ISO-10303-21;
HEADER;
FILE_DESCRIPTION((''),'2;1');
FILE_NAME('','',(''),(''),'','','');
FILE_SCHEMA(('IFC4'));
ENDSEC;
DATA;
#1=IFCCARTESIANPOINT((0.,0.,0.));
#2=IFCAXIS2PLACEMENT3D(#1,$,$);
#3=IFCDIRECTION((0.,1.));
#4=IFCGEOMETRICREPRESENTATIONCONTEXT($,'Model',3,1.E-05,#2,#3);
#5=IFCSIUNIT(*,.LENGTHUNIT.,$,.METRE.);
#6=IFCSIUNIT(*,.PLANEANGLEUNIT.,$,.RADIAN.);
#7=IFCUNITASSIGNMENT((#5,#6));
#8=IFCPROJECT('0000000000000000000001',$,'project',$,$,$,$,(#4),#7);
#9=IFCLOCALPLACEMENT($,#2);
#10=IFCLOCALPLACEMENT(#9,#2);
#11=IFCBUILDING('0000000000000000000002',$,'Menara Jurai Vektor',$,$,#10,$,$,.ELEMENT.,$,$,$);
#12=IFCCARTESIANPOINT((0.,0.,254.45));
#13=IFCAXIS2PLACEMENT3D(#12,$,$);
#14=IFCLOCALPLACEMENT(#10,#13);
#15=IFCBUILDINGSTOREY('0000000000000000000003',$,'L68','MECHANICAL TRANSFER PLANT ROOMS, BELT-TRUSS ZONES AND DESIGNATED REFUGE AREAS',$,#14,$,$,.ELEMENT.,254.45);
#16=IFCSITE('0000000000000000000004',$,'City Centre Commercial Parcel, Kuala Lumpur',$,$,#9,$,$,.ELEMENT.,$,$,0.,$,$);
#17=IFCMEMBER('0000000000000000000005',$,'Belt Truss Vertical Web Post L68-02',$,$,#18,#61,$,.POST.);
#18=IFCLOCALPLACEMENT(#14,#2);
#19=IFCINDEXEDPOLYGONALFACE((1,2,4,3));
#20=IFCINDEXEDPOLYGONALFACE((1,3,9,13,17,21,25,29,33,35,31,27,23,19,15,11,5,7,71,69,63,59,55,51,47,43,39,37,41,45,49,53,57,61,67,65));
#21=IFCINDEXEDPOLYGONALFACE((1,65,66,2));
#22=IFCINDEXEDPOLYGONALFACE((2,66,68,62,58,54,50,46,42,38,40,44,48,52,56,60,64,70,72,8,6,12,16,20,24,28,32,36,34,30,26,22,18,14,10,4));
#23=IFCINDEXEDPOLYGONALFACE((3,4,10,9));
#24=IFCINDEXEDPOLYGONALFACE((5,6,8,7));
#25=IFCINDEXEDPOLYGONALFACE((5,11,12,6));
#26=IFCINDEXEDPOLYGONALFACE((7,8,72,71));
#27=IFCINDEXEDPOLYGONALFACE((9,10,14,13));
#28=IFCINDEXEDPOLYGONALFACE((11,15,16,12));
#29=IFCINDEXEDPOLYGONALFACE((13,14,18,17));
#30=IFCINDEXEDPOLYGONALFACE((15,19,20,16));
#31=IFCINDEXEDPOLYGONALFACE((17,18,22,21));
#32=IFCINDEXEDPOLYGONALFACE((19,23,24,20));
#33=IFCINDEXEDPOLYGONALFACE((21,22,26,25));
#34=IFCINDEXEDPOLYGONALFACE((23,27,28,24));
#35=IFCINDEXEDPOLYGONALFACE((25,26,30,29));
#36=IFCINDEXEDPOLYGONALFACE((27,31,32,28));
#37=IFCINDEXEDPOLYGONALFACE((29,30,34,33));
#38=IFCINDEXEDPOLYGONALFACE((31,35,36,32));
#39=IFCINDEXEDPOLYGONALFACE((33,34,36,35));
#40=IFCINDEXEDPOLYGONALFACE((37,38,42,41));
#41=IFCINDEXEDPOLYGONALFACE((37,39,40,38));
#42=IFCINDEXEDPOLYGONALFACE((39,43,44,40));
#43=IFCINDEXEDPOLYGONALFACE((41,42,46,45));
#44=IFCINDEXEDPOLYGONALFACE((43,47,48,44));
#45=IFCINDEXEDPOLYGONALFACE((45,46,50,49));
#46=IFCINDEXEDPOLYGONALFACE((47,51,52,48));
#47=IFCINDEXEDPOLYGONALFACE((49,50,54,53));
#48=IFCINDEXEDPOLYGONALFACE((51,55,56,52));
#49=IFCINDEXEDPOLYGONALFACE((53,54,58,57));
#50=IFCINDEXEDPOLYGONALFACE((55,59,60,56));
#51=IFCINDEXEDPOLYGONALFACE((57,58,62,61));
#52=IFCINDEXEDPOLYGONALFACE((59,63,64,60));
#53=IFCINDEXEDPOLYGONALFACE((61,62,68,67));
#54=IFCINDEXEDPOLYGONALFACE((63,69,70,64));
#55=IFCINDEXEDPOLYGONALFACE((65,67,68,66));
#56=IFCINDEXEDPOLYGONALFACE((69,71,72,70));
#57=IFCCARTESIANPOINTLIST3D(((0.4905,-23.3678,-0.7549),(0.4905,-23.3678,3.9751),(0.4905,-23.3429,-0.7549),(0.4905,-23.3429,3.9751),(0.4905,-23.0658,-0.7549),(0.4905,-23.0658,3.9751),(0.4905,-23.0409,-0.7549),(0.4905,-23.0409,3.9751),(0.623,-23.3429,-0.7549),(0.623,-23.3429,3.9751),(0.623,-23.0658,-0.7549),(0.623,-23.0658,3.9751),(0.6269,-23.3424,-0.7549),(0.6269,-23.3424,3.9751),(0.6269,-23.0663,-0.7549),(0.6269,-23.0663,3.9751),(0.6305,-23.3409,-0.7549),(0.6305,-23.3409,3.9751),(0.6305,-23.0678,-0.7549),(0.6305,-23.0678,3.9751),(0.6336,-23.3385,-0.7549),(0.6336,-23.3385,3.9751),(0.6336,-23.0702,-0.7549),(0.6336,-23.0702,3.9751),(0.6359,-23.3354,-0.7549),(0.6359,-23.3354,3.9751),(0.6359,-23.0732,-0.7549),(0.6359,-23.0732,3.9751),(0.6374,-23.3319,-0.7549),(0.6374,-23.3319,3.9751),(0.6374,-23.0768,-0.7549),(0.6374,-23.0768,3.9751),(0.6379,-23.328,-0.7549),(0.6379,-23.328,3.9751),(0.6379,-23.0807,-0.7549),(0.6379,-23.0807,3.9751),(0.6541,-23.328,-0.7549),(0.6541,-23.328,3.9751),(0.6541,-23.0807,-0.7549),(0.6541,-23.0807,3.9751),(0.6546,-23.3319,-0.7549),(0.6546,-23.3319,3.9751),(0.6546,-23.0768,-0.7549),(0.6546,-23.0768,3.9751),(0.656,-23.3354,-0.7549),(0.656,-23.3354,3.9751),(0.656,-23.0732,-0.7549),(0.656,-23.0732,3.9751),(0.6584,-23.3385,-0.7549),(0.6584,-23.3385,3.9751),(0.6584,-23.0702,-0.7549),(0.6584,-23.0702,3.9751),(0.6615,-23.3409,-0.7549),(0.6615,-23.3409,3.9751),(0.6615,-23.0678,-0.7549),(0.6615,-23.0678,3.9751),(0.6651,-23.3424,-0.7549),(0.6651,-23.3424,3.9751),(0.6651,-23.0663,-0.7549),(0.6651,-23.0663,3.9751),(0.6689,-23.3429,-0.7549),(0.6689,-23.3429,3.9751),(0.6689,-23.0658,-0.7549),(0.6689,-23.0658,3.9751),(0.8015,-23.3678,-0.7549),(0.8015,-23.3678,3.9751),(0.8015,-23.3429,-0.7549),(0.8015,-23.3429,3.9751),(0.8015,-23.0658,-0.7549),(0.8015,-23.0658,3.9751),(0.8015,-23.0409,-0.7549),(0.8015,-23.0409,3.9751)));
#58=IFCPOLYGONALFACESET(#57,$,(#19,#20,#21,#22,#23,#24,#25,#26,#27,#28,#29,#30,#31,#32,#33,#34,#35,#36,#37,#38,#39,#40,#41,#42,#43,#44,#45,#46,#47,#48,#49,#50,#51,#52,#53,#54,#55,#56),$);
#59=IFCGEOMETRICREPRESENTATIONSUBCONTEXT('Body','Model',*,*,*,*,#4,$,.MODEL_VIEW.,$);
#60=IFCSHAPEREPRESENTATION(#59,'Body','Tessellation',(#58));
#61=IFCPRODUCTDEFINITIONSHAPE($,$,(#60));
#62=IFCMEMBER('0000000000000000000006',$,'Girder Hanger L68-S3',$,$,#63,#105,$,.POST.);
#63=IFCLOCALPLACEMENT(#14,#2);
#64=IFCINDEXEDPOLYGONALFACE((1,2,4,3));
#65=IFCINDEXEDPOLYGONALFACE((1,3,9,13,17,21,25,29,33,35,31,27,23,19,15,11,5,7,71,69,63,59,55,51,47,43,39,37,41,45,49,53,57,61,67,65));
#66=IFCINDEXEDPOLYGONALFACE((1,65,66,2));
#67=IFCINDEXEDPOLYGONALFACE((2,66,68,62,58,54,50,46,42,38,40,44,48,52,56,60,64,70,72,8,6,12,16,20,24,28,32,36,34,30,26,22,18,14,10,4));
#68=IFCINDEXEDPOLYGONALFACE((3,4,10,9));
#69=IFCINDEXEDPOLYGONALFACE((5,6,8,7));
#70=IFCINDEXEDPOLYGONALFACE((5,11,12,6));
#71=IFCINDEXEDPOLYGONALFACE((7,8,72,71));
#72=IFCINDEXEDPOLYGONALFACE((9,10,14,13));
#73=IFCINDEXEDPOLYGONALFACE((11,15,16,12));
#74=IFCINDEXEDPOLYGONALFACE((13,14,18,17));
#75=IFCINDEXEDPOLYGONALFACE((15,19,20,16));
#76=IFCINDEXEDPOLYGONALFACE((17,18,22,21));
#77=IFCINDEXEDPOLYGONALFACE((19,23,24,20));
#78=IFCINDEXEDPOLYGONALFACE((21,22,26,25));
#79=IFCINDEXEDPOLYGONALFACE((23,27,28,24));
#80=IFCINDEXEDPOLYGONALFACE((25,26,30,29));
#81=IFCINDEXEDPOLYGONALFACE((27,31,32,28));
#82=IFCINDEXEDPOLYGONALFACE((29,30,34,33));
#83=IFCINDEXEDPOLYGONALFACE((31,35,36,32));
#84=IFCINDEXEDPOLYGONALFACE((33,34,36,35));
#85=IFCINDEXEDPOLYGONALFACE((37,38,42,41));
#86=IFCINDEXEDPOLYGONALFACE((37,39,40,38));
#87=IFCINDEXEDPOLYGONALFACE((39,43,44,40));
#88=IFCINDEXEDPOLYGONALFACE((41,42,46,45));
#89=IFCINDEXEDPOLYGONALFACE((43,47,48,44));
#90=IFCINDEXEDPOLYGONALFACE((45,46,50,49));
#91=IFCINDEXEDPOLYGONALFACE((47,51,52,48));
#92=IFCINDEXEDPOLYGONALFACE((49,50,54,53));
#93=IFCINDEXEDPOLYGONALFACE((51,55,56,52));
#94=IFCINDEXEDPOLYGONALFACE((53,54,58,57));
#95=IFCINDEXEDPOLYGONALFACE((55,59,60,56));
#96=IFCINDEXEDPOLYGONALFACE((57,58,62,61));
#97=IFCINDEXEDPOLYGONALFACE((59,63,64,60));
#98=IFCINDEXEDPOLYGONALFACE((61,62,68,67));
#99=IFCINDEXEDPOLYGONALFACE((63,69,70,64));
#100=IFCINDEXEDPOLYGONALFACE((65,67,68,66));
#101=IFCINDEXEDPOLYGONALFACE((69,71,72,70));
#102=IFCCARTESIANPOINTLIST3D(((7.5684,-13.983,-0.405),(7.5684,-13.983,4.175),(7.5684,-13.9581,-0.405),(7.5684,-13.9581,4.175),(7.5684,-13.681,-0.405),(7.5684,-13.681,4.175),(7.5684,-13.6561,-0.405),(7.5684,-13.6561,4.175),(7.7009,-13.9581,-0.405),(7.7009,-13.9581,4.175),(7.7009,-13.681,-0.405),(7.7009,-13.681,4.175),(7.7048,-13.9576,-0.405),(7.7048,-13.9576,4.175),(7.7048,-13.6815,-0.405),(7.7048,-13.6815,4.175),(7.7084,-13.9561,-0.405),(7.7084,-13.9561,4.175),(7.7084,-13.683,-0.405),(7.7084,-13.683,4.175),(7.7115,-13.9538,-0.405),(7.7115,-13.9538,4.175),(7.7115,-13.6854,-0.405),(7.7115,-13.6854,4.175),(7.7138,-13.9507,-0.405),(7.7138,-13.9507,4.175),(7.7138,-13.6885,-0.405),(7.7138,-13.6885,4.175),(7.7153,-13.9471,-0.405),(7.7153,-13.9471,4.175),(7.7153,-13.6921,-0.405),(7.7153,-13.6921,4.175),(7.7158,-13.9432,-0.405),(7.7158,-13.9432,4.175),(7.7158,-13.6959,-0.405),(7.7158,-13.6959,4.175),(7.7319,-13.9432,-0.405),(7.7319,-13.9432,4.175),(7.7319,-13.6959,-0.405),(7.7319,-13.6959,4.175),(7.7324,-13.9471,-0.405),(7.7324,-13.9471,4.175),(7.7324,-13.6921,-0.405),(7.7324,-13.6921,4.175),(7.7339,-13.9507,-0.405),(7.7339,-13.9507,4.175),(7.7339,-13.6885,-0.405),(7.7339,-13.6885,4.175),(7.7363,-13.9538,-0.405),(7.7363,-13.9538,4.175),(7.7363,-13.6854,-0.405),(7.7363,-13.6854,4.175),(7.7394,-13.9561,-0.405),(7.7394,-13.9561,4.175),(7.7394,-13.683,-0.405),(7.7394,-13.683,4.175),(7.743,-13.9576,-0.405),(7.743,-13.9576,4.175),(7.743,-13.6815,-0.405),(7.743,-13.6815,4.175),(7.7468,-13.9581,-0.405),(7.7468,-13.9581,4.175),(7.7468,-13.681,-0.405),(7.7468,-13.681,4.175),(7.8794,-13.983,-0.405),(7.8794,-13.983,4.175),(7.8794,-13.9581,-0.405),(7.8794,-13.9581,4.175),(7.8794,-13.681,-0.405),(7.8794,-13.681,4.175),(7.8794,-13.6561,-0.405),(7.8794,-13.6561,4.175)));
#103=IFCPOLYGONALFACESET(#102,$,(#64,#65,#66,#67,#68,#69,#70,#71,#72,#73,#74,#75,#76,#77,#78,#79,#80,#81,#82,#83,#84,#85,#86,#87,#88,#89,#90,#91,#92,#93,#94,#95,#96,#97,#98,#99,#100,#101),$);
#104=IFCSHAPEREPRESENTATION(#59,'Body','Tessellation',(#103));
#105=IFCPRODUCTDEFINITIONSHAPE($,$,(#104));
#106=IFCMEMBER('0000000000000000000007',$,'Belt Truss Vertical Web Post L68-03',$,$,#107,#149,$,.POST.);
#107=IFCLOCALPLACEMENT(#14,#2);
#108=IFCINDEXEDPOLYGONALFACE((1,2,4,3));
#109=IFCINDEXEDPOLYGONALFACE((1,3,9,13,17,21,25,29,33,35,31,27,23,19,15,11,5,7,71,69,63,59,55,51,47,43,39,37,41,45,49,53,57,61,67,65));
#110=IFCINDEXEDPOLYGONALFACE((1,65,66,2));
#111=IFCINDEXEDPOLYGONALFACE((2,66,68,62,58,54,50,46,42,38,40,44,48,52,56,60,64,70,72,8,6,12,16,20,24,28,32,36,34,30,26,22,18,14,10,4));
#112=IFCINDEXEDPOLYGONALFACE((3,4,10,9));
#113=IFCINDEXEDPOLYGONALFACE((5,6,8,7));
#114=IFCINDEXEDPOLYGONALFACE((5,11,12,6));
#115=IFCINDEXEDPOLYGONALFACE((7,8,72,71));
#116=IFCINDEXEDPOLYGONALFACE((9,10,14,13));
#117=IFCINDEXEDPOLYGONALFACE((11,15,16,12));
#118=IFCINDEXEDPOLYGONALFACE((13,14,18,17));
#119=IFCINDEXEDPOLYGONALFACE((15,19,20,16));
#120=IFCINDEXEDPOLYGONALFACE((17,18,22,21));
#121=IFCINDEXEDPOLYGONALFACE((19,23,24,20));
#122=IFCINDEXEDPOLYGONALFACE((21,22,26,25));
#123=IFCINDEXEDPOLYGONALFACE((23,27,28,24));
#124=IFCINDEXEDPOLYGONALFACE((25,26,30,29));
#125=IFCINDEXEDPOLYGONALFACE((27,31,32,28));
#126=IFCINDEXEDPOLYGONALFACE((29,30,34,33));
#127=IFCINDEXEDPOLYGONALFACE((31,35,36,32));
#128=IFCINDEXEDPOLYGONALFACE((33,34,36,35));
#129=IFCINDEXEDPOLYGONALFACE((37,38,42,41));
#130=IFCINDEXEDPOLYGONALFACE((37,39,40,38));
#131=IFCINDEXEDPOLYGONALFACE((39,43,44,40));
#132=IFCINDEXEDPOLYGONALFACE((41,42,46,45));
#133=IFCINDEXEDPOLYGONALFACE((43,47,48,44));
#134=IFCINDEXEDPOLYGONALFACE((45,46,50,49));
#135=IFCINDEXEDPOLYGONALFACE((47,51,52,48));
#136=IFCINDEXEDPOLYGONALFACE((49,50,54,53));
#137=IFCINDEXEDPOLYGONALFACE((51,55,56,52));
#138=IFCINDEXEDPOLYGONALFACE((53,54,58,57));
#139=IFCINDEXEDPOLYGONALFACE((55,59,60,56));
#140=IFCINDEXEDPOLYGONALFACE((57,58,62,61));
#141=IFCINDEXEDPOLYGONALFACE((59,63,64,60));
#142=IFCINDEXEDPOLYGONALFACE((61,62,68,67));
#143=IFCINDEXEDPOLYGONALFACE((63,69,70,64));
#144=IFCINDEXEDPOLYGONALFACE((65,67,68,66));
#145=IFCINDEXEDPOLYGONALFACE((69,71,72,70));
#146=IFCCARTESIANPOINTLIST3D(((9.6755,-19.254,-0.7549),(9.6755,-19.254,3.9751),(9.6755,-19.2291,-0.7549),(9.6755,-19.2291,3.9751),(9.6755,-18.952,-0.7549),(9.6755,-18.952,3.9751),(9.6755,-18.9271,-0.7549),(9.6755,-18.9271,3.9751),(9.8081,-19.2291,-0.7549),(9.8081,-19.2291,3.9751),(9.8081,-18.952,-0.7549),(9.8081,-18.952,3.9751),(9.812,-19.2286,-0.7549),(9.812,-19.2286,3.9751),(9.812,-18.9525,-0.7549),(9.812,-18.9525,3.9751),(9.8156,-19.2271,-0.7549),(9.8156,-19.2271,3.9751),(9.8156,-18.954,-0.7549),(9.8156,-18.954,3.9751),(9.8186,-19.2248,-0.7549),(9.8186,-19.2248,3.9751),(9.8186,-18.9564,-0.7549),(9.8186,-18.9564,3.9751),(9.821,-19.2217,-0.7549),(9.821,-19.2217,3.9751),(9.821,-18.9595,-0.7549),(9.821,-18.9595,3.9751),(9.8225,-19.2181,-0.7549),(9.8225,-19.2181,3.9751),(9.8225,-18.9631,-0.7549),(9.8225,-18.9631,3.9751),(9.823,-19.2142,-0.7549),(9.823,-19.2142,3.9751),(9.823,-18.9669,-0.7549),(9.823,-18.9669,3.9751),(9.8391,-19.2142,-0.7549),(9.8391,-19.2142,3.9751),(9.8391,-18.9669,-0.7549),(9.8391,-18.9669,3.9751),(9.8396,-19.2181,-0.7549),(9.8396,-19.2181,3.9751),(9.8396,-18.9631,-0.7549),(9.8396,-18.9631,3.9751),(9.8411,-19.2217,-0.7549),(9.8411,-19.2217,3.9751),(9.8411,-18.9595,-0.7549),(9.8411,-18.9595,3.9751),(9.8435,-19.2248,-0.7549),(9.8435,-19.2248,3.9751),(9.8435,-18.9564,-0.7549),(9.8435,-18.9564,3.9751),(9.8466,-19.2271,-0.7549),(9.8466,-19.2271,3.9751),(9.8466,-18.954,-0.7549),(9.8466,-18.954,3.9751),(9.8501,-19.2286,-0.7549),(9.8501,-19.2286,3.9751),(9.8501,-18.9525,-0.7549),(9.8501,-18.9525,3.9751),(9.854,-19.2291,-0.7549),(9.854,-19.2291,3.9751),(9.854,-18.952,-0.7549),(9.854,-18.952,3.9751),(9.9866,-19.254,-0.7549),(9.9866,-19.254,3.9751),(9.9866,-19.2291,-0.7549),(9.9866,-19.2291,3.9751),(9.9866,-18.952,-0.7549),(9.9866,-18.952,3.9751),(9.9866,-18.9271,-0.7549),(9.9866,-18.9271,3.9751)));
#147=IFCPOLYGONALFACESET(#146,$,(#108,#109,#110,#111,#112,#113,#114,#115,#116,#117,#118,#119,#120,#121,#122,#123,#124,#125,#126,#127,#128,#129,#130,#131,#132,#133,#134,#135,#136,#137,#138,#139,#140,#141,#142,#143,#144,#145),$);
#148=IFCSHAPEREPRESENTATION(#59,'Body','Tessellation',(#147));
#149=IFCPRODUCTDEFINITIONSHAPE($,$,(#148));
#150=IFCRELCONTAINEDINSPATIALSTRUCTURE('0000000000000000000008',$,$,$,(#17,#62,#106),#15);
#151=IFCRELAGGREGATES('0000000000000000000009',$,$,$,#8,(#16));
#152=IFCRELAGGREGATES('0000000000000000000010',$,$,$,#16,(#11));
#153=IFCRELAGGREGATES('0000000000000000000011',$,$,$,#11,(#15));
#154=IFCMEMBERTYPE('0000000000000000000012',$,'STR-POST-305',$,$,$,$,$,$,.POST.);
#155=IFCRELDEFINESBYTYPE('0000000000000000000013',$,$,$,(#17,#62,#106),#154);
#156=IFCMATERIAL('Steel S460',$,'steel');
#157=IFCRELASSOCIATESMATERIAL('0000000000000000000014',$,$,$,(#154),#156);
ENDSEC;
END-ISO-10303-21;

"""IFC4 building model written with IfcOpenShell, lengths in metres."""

from ifc_helpers import new_model, si_unit, direction, frame, origin, origin_2d, place, context, subcontext, project, spatial, i_section, extrude, material, material_profile, profile_set, type_object, element, save


model = new_model("IFC4")

# Units and contexts
model_context = context("Model", 3, precision=1e-05, world=origin(), true_north=direction((0.0, 1.0)))
body_context = subcontext(model_context, "Body", "Model", "MODEL_VIEW")
ifc_project = project(units=[si_unit("LENGTHUNIT", "METRE"), si_unit("PLANEANGLEUNIT", "RADIAN")], contexts=[model_context])

# Site, building, storey
site_placement = place(None, origin())
site = spatial("IfcSite", under=ifc_project, at=site_placement, Name="City Centre Commercial Parcel, Kuala Lumpur", CompositionType="ELEMENT", RefElevation=0.0)
building_placement = place(site_placement, origin())
building = spatial("IfcBuilding", under=site, at=building_placement, Name="Menara Jurai Vektor", CompositionType="ELEMENT")
storey_placement = place(building_placement, frame((0.0, 0.0, 254.45)))
storey = spatial("IfcBuildingStorey", under=building, at=storey_placement, Name="L68", Description="MECHANICAL TRANSFER PLANT ROOMS, BELT-TRUSS ZONES AND DESIGNATED REFUGE AREAS", CompositionType="ELEMENT", Elevation=254.45)

# Shared definitions
ifc_material_1 = material(Name="Steel S460", Category="steel")

# Members
ifc_material_profile_1 = material_profile(ifc_material_1, i_section(OverallWidth=0.311, OverallDepth=0.3269, WebThickness=0.0161, FlangeThickness=0.0249, FilletRadius=0.0149, at=origin_2d()), Name="UKC 305x305x158")
ifc_profile_set_1 = profile_set([ifc_material_profile_1], Name="Steel S460")
member_type_1 = type_object("IfcMemberType", Name="STR-POST-305", PredefinedType="POST", material=ifc_profile_set_1)
member_1_placement = place(storey_placement, frame((0.646, -23.2043, -0.7549), z_axis=(0.0, 0.0, 1.0), x_axis=(1.0, 0.0, 0.0)))
element("IfcMember", 1, at=member_1_placement, inside=storey, type_object=member_type_1, Name="Belt Truss Vertical Web Post L68-02", PredefinedType="POST", context=body_context, shape_type="SweptSolid", body=[
    extrude(i_section(OverallWidth=0.311, OverallDepth=0.3269, WebThickness=0.0161, FlangeThickness=0.0249, FilletRadius=0.0149, at=origin_2d()), origin(), (0.0, 0.0, 1.0), 4.73),
])
member_2_placement = place(storey_placement, frame((7.7239, -13.8196, -0.405), z_axis=(0.0, 0.0, 1.0), x_axis=(1.0, 0.0, 0.0)))
element("IfcMember", 2, at=member_2_placement, inside=storey, type_object=member_type_1, Name="Girder Hanger L68-S3", PredefinedType="POST", context=body_context, shape_type="SweptSolid", body=[
    extrude(i_section(OverallWidth=0.311, OverallDepth=0.3269, WebThickness=0.0161, FlangeThickness=0.0249, FilletRadius=0.0149, at=origin_2d()), origin(), (0.0, 0.0, 1.0), 4.5801),
])
member_3_placement = place(storey_placement, frame((9.8311, -19.0906, -0.7549), z_axis=(0.0, 0.0, 1.0), x_axis=(1.0, 0.0, 0.0)))
element("IfcMember", 3, at=member_3_placement, inside=storey, type_object=member_type_1, Name="Belt Truss Vertical Web Post L68-03", PredefinedType="POST", context=body_context, shape_type="SweptSolid", body=[
    extrude(i_section(OverallWidth=0.311, OverallDepth=0.3269, WebThickness=0.0161, FlangeThickness=0.0249, FilletRadius=0.0149, at=origin_2d()), origin(), (0.0, 0.0, 1.0), 4.73),
])

save(model, "model.ifc")
